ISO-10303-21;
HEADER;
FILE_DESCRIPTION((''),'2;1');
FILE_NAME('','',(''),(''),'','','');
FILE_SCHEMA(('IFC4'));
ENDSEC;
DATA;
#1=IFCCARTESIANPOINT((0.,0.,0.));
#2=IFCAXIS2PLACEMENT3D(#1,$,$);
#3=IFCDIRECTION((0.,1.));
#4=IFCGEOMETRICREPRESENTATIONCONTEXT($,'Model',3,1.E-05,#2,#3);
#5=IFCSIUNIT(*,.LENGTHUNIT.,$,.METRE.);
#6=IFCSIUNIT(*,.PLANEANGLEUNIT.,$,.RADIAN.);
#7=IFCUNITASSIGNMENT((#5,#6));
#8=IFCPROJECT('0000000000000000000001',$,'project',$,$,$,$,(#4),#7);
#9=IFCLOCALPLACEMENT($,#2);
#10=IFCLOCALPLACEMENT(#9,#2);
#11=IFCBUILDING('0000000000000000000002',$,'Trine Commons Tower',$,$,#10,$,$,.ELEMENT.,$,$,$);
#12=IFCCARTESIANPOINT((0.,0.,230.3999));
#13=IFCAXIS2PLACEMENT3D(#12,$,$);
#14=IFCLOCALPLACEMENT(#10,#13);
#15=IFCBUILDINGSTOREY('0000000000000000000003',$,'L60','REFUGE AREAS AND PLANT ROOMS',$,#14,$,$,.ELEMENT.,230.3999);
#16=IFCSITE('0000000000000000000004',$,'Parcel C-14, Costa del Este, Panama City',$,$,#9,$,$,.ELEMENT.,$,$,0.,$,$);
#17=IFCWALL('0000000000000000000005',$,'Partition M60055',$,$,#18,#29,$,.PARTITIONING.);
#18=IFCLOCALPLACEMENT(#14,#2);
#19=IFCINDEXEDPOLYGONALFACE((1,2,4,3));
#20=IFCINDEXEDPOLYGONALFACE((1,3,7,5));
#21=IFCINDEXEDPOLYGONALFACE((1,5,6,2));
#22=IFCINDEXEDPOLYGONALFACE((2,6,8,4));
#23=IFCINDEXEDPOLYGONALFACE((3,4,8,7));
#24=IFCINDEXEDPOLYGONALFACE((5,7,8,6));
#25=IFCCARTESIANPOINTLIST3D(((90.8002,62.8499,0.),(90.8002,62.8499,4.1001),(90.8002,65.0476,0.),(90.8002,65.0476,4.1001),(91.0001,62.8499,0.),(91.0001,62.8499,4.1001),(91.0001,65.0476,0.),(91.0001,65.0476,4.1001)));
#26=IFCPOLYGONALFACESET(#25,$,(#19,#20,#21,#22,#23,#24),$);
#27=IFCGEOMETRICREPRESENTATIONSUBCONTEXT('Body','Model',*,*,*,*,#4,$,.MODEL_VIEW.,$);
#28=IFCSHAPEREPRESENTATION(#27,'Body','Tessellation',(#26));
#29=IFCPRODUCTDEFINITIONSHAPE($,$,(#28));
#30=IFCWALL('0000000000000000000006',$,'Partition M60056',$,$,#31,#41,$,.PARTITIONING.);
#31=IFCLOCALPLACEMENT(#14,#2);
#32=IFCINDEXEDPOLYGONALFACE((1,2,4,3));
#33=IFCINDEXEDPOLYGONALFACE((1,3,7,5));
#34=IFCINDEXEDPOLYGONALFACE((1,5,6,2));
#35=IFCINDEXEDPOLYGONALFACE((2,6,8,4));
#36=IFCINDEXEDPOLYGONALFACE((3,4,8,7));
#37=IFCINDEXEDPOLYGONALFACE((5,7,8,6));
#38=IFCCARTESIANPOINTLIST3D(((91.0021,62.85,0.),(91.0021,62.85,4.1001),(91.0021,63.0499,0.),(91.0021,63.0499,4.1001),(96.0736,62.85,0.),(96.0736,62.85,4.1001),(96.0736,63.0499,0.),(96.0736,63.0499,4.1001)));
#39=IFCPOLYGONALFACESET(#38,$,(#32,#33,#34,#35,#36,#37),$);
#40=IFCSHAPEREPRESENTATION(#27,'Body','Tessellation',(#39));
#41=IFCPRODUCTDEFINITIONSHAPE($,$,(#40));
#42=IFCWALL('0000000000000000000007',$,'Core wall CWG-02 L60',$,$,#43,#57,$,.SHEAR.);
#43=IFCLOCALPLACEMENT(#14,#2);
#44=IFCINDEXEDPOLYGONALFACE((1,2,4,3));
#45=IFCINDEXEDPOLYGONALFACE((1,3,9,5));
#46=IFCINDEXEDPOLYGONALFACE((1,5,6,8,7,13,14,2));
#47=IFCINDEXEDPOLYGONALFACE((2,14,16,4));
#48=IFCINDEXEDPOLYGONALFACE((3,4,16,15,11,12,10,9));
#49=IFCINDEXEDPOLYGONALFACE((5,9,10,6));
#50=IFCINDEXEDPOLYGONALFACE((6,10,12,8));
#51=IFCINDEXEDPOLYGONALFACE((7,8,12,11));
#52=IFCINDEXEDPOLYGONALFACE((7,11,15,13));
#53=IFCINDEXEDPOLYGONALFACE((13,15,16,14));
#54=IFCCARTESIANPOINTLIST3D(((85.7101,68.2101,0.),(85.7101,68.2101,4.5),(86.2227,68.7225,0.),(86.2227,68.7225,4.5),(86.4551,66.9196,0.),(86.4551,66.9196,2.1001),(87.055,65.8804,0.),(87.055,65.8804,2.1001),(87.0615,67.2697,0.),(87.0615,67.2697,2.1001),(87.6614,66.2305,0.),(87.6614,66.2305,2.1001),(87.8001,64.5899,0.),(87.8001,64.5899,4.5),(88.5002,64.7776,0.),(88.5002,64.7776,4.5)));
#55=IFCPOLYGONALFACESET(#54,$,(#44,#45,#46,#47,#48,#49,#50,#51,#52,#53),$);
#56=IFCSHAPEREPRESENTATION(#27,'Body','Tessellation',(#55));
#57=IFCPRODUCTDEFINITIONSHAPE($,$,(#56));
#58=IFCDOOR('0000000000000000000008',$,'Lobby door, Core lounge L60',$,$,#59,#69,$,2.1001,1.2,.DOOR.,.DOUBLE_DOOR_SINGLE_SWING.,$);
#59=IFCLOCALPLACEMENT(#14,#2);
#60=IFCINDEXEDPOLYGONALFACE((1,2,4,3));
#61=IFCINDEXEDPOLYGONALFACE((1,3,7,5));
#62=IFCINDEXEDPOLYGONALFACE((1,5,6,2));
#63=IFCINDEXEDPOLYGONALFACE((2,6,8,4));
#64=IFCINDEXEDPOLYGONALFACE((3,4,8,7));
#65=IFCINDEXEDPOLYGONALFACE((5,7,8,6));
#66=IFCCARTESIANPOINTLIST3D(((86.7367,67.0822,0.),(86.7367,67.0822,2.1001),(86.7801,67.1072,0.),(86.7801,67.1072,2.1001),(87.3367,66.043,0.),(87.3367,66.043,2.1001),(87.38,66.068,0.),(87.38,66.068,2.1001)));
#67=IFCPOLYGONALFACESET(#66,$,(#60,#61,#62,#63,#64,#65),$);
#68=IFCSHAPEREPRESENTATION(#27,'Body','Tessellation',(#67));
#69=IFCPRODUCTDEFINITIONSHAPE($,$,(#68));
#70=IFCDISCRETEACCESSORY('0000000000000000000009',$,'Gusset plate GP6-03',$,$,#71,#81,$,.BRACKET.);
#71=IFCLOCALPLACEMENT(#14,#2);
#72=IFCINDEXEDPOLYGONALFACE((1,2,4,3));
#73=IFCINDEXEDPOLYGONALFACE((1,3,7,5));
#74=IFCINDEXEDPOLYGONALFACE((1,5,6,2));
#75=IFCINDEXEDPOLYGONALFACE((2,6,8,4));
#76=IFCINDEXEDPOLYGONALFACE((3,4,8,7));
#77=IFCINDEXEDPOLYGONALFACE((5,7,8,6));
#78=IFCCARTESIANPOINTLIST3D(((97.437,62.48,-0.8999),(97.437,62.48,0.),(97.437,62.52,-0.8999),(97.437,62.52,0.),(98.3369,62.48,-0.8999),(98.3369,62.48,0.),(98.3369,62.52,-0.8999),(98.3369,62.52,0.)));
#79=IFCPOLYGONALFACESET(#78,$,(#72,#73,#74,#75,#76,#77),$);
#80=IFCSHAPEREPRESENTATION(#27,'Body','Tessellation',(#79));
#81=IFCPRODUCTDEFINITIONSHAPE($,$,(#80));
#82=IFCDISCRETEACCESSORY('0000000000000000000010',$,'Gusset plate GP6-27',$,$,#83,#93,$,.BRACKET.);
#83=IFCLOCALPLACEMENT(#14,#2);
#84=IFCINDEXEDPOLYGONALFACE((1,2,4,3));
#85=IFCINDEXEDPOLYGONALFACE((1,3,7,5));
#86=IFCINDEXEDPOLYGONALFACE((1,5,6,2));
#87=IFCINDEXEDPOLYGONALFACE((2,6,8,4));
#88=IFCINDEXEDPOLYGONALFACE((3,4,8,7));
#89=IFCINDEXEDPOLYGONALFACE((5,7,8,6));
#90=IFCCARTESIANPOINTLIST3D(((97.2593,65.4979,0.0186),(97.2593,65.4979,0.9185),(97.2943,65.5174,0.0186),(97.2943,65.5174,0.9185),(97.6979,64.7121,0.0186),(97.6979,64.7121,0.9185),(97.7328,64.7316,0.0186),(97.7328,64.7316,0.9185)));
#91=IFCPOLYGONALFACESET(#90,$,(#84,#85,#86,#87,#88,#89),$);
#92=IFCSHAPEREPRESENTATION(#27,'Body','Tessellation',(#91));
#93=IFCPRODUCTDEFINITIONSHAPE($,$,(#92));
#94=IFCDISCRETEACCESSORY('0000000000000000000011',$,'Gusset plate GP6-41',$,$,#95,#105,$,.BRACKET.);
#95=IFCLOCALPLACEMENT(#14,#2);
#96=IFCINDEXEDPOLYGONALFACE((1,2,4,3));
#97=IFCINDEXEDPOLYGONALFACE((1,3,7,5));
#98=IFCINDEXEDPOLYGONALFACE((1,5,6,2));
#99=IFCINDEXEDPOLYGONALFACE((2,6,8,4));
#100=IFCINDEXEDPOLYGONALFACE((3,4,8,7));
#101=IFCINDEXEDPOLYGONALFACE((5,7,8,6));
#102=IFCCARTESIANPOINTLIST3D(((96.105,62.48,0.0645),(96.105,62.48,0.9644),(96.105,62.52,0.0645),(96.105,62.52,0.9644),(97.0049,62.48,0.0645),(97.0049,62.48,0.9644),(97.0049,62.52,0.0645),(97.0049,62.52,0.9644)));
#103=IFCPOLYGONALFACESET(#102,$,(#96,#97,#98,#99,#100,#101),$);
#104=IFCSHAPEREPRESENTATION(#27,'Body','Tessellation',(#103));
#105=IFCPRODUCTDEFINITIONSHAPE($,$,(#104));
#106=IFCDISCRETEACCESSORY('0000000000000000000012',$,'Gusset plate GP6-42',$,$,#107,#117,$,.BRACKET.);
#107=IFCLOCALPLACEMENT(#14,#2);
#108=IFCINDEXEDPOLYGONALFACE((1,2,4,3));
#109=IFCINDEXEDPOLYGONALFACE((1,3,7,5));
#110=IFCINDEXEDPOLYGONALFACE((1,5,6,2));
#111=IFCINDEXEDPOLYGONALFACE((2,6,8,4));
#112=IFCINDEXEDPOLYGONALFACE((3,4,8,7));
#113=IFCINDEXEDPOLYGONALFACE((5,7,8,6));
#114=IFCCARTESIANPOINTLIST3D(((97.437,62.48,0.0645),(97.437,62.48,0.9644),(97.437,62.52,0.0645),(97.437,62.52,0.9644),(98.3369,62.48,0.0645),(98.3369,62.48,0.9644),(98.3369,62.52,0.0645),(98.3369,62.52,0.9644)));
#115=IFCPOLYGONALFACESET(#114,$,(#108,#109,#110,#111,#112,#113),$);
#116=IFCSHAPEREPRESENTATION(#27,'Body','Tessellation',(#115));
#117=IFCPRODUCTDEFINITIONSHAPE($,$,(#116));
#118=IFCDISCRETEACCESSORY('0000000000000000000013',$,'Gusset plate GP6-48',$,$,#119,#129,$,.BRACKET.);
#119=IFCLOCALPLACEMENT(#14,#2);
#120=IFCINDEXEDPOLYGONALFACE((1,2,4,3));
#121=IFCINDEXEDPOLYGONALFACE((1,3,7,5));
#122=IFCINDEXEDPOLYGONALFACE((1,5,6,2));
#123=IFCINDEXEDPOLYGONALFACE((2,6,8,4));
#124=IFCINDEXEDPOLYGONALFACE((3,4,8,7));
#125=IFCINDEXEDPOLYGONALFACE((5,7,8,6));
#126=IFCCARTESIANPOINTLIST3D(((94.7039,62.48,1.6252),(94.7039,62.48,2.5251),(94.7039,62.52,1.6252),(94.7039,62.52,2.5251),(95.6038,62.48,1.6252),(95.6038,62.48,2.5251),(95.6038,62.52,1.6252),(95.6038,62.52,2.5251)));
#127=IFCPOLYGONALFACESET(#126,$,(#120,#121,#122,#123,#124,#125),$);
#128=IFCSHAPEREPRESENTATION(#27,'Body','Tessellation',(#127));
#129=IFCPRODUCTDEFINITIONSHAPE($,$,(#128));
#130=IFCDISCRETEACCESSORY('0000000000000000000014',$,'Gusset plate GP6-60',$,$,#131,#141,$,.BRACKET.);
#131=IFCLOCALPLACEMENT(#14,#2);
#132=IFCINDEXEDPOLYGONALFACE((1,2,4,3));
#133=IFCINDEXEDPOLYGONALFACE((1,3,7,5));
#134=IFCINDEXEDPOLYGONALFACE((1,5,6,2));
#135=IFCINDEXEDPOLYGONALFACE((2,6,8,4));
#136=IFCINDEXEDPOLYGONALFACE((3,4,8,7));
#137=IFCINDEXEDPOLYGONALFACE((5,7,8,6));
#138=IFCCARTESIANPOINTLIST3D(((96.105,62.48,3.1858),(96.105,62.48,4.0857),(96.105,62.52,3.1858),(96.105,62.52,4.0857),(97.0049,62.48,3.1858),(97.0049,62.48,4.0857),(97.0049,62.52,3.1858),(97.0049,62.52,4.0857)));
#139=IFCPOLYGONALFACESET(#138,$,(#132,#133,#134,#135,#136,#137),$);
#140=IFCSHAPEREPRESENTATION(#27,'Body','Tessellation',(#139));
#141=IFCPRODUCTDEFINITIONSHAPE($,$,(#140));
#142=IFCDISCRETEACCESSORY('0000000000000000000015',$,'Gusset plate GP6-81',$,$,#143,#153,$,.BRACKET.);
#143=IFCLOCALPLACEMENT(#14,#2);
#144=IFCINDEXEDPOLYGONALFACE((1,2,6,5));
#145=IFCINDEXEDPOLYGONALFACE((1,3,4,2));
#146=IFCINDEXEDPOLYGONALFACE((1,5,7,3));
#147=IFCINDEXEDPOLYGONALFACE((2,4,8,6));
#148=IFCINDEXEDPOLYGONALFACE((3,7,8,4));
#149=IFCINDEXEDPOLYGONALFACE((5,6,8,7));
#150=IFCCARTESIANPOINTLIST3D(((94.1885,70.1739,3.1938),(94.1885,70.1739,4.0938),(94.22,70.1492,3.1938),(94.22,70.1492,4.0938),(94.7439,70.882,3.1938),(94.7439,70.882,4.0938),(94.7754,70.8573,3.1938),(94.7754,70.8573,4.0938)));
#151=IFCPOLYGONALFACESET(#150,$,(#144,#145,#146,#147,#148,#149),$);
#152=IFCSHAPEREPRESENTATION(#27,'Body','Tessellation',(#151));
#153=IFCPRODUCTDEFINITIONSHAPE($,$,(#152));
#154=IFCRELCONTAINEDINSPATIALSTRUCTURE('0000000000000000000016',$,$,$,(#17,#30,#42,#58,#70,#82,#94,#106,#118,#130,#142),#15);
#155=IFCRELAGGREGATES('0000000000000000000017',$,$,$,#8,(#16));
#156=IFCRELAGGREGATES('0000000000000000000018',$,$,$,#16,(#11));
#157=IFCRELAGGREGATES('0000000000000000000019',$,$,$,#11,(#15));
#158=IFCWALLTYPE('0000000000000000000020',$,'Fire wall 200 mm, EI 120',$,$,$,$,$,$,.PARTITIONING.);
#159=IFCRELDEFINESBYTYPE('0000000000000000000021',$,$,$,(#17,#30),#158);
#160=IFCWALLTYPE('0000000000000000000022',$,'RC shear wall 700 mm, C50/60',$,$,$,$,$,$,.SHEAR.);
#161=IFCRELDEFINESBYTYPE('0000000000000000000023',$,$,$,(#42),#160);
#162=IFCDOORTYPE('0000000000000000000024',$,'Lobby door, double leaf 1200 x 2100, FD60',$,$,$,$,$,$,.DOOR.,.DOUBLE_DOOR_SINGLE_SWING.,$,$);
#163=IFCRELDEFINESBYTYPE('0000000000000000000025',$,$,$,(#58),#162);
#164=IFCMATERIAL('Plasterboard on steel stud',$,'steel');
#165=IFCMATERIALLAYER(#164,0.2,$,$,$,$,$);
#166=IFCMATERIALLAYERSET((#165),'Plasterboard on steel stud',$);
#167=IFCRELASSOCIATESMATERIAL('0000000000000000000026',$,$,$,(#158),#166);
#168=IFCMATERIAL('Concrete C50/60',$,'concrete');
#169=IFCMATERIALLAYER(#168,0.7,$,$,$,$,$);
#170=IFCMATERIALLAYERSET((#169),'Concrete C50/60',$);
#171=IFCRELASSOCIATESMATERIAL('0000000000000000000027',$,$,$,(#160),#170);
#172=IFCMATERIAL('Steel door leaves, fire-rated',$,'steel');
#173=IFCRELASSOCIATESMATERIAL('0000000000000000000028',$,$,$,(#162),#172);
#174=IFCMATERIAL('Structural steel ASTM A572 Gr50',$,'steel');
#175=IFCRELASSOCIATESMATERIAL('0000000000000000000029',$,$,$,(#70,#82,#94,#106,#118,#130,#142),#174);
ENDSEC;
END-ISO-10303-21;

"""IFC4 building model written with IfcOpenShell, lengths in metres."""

from ifc_helpers import new_model, si_unit, direction, frame, frame_2d, origin, origin_2d, place, context, subcontext, project, spatial, polyline, rectangle, outline, extrude, material, layer, layer_set, type_object, element, fill, save


model = new_model("IFC4")

# Units and contexts
model_context = context("Model", 3, precision=1e-05, world=origin(), true_north=direction((0.0, 1.0)))
body_context = subcontext(model_context, "Body", "Model", "MODEL_VIEW")
ifc_project = project(units=[si_unit("LENGTHUNIT", "METRE"), si_unit("PLANEANGLEUNIT", "RADIAN")], contexts=[model_context])

# Site, building, storey
site_placement = place(None, origin())
site = spatial("IfcSite", under=ifc_project, at=site_placement, Name="Parcel C-14, Costa del Este, Panama City", CompositionType="ELEMENT", RefElevation=0.0)
building_placement = place(site_placement, origin())
building = spatial("IfcBuilding", under=site, at=building_placement, Name="Trine Commons Tower", CompositionType="ELEMENT")
storey_placement = place(building_placement, frame((0.0, 0.0, 230.3999)))
storey = spatial("IfcBuildingStorey", under=building, at=storey_placement, Name="L60", Description="REFUGE AREAS AND PLANT ROOMS", CompositionType="ELEMENT", Elevation=230.3999)

# Shared definitions
ifc_material_1 = material(Name="Plasterboard on steel stud", Category="steel")
ifc_layer_1 = layer(ifc_material_1, 0.2)
ifc_layer_set_1 = layer_set([ifc_layer_1], Name="Plasterboard on steel stud")
wall_type_1 = type_object("IfcWallType", Name="Fire wall 200 mm, EI 120", PredefinedType="PARTITIONING", material=ifc_layer_set_1)

# Walls
wall_1_placement = place(storey_placement, frame((90.9001, 62.8499, 0.0), z_axis=(0.0, 0.0, 1.0), x_axis=(0.0, 1.0, 0.0)))
element("IfcWall", 1, at=wall_1_placement, inside=storey, type_object=wall_type_1, Name="Partition M60055", PredefinedType="PARTITIONING", context=body_context, shape_type="SweptSolid", body=[
    extrude(rectangle(XDim=2.1978, YDim=0.2, at=frame_2d((1.0989, 0.0))), origin(), (0.0, 0.0, 1.0), 4.1001),
])
wall_2_placement = place(storey_placement, frame((91.0022, 62.95, 0.0), z_axis=(0.0, 0.0, 1.0), x_axis=(1.0, 0.0, 0.0)))
element("IfcWall", 2, at=wall_2_placement, inside=storey, type_object=wall_type_1, Name="Partition M60056", PredefinedType="PARTITIONING", context=body_context, shape_type="SweptSolid", body=[
    extrude(rectangle(XDim=5.0715, YDim=0.2, at=frame_2d((2.5356, 0.0))), origin(), (0.0, 0.0, 1.0), 4.1001),
])

# Wall, opening, door
ifc_material_2 = material(Name="Concrete C50/60", Category="concrete")
ifc_layer_2 = layer(ifc_material_2, 0.7)
ifc_layer_set_2 = layer_set([ifc_layer_2], Name="Concrete C50/60")
wall_type_2 = type_object("IfcWallType", Name="RC shear wall 700 mm, C50/60", PredefinedType="SHEAR", material=ifc_layer_set_2)
wall_3_placement = place(storey_placement, frame((88.197, 64.6025, 0.0), z_axis=(0.0, 0.0, 1.0), x_axis=(-0.499984, 0.866035, 0.0)))
wall_3 = element("IfcWall", 3, at=wall_3_placement, inside=storey, type_object=wall_type_2, Name="Core wall CWG-02 L60", PredefinedType="SHEAR", context=body_context, shape_type="SweptSolid", body=[
    extrude(outline(polyline([(0.0, -0.3501), (4.5552, -0.3501), (4.3677, 0.3501), (0.1875, 0.3501), (0.0, -0.3501)])), origin(), (0.0, 0.0, 1.0), 4.5),
])
opening_1_placement = place(wall_3_placement, frame((1.6775, 0.0, 0.0)))
opening_1 = element("IfcOpeningElement", 4, at=opening_1_placement, cuts=wall_3, PredefinedType="OPENING", context=body_context, shape_type="SweptSolid", body=[
    extrude(rectangle(XDim=1.2, YDim=2.1001, at=frame_2d((0.6001, 1.05))), frame((0.0, 0.3599, 0.0), z_axis=(0.0, -1.0, 0.0), x_axis=(1.0, 0.0, 0.0)), (0.0, 0.0, 1.0), 0.72),
])
ifc_material_3 = material(Name="Steel door leaves, fire-rated", Category="steel")
door_type_1 = type_object("IfcDoorType", Name="Lobby door, double leaf 1200 x 2100, FD60", OperationType="DOUBLE_DOOR_SINGLE_SWING", PredefinedType="DOOR", material=ifc_material_3)
door_1_placement = place(opening_1_placement, origin())
door_1 = element("IfcDoor", 5, at=door_1_placement, inside=storey, type_object=door_type_1, Name="Lobby door, Core lounge L60", OperationType="DOUBLE_DOOR_SINGLE_SWING", OverallHeight=2.1001, OverallWidth=1.2, PredefinedType="DOOR", context=body_context, shape_type="SweptSolid", body=[
    extrude(rectangle(XDim=1.2, YDim=2.1001, at=frame_2d((0.6001, 1.05))), frame((0.0, 0.0249, 0.0), z_axis=(0.0, -1.0, 0.0), x_axis=(1.0, 0.0, 0.0)), (0.0, 0.0, 1.0), 0.05),
])
fill(opening_1, door_1)

# Discrete accessories
ifc_material_4 = material(Name="Structural steel ASTM A572 Gr50", Category="steel")
for number, where, z_axis, x_axis, name in (
    (6, (97.887, 62.5, -0.8999), (0.0, 0.0, 1.0), (1.0, 0.0, 0.0), "Gusset plate GP6-03"),
    (7, (97.4961, 65.1147, 0.0186), (0.0, 0.0, 1.0), (-0.487326, 0.87322, 0.0), "Gusset plate GP6-27"),
    (8, (96.5549, 62.5, 0.0645), (0.0, 0.0, 1.0), (1.0, 0.0, 0.0), "Gusset plate GP6-41"),
    (9, (97.887, 62.5, 0.0645), (0.0, 0.0, 1.0), (1.0, 0.0, 0.0), "Gusset plate GP6-42"),
    (10, (95.1538, 62.5, 1.6252), (0.0, 0.0, 1.0), (1.0, 0.0, 0.0), "Gusset plate GP6-48"),
    (11, (96.5549, 62.5, 3.1858), (0.0, 0.0, 1.0), (1.0, 0.0, 0.0), "Gusset plate GP6-60"),
    (12, (94.4819, 70.5156, 3.1938), (0.0, 0.0, 1.0), (-0.617132, -0.78686, 0.0), "Gusset plate GP6-81"),
):
    element("IfcDiscreteAccessory", number, at=place(storey_placement, frame(where, z_axis=z_axis, x_axis=x_axis)), inside=storey, material=ifc_material_4, Name=name, PredefinedType="BRACKET", context=body_context, shape_type="SweptSolid", body=[
        extrude(rectangle(XDim=0.8999, YDim=0.04, at=origin_2d()), origin(), (0.0, 0.0, 1.0), 0.8999),
    ])

save(model, "model.ifc")
